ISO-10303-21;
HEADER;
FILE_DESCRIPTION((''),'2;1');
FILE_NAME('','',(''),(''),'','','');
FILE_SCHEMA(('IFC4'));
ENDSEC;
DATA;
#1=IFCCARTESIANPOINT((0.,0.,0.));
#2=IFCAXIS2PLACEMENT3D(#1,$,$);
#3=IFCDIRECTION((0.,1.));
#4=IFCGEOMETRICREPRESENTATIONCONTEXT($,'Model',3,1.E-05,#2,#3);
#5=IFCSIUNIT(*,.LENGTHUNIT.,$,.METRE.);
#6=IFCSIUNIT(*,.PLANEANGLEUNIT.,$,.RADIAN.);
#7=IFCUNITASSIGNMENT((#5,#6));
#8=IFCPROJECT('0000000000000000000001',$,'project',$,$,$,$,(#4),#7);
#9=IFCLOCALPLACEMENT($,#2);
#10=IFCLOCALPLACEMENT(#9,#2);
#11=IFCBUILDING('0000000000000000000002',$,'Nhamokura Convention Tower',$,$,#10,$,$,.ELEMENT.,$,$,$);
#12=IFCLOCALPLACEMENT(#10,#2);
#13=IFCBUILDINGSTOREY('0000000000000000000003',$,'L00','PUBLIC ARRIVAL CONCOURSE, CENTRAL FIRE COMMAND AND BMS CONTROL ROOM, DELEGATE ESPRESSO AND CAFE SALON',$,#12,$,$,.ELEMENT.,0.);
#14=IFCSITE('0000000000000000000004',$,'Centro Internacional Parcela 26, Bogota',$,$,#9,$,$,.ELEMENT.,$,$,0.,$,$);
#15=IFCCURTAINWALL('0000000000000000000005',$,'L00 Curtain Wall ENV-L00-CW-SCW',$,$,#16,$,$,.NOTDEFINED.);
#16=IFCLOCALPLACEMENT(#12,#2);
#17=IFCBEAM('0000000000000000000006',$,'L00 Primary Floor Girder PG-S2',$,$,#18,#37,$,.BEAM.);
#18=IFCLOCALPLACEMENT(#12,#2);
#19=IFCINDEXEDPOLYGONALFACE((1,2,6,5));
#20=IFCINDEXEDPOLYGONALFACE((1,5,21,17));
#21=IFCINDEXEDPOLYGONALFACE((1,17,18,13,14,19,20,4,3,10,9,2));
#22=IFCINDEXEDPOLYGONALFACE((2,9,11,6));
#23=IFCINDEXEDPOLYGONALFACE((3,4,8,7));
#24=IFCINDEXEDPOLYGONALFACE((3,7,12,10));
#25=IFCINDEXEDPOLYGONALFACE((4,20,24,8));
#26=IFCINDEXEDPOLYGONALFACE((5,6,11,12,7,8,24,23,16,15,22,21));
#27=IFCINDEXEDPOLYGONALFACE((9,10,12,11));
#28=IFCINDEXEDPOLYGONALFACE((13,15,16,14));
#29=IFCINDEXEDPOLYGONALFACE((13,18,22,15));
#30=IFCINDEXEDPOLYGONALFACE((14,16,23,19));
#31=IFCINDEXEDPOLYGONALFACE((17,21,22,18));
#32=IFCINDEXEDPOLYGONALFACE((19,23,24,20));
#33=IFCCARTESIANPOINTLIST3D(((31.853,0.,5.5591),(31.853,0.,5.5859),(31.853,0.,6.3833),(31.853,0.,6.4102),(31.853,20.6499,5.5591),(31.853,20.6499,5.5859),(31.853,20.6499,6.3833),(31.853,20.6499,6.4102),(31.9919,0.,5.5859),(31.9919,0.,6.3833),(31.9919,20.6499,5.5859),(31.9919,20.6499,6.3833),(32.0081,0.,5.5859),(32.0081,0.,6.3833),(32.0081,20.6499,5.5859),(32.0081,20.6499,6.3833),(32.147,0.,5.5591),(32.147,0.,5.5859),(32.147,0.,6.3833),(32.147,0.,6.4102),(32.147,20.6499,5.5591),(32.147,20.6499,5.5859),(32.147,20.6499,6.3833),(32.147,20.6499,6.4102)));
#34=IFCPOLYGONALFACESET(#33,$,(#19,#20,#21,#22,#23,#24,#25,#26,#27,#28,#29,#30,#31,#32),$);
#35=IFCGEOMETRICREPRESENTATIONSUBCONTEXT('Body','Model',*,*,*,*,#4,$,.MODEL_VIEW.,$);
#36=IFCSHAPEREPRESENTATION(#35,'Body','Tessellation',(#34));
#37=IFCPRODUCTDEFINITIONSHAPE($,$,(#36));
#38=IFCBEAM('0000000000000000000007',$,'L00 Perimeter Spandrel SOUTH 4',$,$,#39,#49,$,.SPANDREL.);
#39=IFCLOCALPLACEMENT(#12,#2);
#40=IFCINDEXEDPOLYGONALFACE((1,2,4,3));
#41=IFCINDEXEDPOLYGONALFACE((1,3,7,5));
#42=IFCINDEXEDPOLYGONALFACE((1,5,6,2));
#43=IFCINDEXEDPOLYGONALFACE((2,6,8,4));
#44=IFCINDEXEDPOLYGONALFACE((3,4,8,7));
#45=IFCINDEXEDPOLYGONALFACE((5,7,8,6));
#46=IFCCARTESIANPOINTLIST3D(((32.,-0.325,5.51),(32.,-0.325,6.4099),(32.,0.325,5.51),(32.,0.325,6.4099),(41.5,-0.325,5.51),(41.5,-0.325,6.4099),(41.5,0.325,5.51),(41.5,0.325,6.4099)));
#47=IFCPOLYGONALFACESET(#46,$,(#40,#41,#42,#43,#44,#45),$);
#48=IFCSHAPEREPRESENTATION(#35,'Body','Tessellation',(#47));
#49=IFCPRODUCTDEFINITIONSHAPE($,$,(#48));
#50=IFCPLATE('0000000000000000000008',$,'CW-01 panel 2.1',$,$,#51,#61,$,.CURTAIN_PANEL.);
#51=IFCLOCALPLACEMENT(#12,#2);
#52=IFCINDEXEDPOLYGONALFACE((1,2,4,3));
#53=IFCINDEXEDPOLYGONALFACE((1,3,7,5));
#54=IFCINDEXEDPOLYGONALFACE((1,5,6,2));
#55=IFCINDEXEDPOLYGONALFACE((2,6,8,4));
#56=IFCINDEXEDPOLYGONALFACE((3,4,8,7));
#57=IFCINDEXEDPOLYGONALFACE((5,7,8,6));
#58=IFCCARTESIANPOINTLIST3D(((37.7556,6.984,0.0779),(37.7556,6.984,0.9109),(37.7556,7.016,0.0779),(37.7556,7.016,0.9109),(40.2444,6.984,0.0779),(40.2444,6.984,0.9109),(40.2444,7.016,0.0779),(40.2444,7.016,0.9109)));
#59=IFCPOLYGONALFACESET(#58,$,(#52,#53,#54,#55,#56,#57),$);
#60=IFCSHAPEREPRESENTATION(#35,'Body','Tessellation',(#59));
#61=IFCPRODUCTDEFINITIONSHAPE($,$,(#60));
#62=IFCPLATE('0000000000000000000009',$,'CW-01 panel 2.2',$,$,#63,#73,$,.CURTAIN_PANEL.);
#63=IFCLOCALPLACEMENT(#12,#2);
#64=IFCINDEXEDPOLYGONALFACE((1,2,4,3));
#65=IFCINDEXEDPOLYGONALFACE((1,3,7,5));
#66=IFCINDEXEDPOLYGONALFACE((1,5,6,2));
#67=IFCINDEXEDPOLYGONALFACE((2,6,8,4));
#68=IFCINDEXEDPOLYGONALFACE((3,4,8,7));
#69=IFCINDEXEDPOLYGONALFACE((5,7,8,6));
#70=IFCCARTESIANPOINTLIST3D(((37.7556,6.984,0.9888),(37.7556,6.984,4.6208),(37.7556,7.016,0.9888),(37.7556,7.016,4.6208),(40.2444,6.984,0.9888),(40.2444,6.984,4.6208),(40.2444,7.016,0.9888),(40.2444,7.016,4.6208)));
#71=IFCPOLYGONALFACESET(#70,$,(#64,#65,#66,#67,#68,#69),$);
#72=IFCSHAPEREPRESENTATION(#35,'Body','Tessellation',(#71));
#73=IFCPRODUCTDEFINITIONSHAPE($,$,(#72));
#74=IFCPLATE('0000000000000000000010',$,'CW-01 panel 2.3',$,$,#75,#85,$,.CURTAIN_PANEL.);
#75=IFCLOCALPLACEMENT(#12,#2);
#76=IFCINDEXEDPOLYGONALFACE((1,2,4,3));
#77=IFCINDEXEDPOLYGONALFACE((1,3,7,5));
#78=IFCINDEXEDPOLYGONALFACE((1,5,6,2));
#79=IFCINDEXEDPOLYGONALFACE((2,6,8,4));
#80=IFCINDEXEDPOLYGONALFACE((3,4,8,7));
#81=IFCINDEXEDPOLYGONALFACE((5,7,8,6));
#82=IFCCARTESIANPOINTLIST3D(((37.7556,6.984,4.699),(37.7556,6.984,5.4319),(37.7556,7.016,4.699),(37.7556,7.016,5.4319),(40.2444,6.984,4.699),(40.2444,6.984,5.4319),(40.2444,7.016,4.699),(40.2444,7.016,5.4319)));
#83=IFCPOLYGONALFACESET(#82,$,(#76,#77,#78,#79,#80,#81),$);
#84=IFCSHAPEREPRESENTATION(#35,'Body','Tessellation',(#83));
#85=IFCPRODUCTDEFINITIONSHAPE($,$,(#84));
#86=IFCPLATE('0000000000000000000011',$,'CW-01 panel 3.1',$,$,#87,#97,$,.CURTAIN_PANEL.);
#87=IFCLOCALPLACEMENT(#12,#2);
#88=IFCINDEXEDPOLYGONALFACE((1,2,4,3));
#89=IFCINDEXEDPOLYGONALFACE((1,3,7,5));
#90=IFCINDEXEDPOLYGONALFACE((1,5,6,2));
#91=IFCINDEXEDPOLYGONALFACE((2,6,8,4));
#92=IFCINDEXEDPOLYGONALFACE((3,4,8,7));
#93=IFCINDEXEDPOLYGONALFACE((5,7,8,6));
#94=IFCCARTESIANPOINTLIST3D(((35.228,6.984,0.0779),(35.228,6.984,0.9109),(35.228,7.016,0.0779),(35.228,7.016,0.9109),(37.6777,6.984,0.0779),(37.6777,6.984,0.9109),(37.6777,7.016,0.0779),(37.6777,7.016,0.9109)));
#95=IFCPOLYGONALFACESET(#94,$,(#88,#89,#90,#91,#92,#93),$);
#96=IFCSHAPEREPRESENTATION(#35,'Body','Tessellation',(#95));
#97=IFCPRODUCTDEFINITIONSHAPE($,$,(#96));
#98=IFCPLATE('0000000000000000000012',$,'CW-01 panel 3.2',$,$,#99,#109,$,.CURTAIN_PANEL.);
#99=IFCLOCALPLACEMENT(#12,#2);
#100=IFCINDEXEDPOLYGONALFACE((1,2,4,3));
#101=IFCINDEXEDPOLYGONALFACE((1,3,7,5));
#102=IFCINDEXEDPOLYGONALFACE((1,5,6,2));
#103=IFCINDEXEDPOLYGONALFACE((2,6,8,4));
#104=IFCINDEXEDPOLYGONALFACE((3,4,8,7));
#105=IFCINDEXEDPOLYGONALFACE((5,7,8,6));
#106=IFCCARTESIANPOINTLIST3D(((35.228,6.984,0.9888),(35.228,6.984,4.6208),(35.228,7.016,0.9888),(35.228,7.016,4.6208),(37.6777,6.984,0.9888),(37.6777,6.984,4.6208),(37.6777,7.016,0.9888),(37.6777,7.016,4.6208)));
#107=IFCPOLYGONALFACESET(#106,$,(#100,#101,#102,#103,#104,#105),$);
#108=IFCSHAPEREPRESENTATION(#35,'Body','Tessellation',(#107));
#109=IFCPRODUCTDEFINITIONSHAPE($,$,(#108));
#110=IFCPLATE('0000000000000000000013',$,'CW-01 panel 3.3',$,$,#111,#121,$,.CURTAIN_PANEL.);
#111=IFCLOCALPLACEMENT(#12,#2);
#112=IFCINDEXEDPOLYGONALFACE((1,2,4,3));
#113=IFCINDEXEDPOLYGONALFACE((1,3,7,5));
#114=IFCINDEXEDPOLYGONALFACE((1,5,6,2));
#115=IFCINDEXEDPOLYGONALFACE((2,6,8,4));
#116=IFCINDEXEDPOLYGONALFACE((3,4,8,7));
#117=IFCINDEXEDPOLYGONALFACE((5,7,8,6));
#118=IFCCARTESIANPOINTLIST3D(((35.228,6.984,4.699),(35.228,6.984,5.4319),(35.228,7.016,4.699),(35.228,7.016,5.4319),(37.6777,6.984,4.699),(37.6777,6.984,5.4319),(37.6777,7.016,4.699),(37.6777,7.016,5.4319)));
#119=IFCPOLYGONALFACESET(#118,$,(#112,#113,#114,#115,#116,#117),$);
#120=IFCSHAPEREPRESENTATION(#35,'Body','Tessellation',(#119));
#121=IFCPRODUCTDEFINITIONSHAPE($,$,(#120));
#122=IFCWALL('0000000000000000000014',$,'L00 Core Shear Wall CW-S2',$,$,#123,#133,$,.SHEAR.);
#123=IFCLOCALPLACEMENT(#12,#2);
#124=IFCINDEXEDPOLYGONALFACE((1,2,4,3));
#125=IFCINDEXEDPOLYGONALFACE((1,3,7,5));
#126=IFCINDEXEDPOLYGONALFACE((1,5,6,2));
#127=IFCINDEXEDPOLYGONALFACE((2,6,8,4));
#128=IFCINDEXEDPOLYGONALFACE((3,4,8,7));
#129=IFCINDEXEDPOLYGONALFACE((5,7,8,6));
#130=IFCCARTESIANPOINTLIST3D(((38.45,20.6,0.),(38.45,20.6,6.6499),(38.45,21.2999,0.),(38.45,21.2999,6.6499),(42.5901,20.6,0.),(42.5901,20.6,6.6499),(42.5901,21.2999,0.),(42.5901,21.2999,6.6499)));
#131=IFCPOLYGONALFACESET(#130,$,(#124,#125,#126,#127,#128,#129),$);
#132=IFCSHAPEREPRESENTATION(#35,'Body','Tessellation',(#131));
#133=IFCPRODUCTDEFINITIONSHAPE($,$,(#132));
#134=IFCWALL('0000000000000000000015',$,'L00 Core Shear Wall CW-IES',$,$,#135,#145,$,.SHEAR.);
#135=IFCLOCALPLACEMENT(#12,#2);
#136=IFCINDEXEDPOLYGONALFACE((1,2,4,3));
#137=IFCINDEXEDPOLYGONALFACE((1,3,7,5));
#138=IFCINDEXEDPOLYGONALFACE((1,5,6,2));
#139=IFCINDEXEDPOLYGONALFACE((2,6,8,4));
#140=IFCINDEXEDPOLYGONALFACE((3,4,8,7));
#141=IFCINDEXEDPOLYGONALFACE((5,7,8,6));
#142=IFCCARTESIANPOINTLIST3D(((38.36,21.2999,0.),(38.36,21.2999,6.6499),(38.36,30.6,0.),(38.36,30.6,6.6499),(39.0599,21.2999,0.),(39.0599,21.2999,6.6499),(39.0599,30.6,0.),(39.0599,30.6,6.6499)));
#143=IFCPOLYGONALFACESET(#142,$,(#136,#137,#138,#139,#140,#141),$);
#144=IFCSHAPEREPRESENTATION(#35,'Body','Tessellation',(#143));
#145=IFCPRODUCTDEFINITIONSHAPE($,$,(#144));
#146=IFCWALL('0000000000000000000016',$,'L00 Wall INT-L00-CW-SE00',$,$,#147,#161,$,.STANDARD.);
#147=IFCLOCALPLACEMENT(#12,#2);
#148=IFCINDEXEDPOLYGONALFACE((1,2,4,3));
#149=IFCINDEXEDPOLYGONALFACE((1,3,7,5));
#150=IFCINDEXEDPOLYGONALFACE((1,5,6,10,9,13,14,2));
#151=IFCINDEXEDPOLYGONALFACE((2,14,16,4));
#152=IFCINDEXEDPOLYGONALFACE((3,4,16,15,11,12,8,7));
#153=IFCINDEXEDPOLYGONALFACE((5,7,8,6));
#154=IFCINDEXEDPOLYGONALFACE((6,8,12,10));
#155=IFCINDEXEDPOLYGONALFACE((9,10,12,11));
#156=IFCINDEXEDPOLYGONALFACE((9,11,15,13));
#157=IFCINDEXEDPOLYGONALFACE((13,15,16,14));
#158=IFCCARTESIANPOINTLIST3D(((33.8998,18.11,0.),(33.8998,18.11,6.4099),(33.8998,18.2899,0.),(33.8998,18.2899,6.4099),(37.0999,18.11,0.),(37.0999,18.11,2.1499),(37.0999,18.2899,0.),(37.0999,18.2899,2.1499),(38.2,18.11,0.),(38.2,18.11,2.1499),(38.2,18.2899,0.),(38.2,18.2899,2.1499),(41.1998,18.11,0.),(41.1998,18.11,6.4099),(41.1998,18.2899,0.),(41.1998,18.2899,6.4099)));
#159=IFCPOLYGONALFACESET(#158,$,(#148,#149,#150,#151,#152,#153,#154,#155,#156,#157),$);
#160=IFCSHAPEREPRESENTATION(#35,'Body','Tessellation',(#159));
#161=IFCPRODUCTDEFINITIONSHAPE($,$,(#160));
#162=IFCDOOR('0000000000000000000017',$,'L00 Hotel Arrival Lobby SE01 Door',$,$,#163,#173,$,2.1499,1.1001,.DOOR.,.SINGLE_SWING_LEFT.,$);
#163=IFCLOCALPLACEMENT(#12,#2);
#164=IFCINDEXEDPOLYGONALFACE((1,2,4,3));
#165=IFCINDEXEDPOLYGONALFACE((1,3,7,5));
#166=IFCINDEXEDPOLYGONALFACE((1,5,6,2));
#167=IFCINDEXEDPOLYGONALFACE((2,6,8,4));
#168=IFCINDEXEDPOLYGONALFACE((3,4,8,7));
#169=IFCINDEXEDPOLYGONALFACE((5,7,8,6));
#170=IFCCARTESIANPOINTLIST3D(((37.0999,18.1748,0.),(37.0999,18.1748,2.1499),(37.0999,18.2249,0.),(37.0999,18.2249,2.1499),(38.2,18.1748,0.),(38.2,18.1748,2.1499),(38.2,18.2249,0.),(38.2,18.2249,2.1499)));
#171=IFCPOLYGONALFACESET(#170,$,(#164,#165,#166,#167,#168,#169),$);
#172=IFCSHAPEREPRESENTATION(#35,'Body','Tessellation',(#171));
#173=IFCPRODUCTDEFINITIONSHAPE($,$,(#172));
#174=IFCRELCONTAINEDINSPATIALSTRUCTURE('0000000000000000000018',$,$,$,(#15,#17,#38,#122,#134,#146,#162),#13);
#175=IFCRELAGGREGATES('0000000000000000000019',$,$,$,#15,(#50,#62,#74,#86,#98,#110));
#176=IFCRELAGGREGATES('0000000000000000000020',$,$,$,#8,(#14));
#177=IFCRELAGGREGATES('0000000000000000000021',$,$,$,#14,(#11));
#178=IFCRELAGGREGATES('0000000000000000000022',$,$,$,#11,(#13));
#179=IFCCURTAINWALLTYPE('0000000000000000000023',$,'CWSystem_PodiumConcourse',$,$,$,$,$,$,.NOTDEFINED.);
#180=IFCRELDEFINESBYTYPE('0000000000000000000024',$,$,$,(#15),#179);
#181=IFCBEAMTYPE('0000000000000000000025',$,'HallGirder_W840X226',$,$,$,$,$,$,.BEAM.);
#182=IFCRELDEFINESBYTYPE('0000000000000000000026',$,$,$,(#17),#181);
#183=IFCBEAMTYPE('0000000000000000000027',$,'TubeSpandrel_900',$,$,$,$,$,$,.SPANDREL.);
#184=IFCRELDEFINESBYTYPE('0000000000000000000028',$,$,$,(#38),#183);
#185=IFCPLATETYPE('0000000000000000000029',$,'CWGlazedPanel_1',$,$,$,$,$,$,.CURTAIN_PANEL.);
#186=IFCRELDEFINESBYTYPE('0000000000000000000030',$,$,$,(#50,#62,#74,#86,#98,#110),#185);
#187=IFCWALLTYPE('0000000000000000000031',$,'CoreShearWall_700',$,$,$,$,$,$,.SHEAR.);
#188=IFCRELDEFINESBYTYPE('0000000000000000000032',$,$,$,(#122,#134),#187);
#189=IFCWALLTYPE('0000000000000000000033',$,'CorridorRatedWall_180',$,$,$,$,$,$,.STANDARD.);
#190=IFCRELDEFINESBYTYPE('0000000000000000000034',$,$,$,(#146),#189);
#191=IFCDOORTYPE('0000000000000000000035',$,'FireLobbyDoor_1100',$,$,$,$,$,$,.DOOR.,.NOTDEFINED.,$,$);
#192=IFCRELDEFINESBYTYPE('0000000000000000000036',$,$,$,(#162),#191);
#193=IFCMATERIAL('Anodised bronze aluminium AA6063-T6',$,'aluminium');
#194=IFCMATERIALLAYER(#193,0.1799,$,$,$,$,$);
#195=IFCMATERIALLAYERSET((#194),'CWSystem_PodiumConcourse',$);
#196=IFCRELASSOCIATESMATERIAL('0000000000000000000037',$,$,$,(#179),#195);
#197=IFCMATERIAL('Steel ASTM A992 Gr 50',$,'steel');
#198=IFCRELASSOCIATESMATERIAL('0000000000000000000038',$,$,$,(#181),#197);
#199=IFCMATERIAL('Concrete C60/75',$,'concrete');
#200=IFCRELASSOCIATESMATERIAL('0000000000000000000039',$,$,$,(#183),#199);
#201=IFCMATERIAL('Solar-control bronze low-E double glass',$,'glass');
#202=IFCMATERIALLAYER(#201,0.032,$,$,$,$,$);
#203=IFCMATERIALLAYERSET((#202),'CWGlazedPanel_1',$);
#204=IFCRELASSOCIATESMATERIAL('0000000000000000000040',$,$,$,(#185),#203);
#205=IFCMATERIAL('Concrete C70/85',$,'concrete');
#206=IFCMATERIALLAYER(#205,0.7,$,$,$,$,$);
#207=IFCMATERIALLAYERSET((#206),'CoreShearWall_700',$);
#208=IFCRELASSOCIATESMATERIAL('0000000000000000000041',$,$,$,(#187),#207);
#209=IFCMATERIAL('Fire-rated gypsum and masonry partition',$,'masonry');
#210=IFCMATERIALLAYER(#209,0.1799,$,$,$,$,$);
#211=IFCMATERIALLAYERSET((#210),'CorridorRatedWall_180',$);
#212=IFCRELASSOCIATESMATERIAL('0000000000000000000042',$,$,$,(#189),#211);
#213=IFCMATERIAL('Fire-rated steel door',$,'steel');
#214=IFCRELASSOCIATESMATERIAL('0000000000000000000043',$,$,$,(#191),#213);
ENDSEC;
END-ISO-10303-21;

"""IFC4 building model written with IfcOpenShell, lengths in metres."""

from ifc_helpers import new_model, si_unit, direction, frame, frame_2d, origin, origin_2d, place, context, subcontext, project, spatial, rectangle, i_section, extrude, material, layer, layer_set, material_profile, profile_set, type_object, element, fill, aggregate, save


model = new_model("IFC4")

# Units and contexts
model_context = context("Model", 3, precision=1e-05, world=origin(), true_north=direction((0.0, 1.0)))
body_context = subcontext(model_context, "Body", "Model", "MODEL_VIEW")
ifc_project = project(units=[si_unit("LENGTHUNIT", "METRE"), si_unit("PLANEANGLEUNIT", "RADIAN")], contexts=[model_context])

# Site, building, storey
site_placement = place(None, origin())
site = spatial("IfcSite", under=ifc_project, at=site_placement, Name="Centro Internacional Parcela 26, Bogota", CompositionType="ELEMENT", RefElevation=0.0)
building_placement = place(site_placement, origin())
building = spatial("IfcBuilding", under=site, at=building_placement, Name="Nhamokura Convention Tower", CompositionType="ELEMENT")
storey_placement = place(building_placement, origin())
storey = spatial("IfcBuildingStorey", under=building, at=storey_placement, Name="L00", Description="PUBLIC ARRIVAL CONCOURSE, CENTRAL FIRE COMMAND AND BMS CONTROL ROOM, DELEGATE ESPRESSO AND CAFE SALON", CompositionType="ELEMENT", Elevation=0.0)

# Curtain wall
ifc_material_1 = material(Name="Anodised bronze aluminium AA6063-T6", Category="aluminium")
ifc_layer_1 = layer(ifc_material_1, 0.1799)
ifc_layer_set_1 = layer_set([ifc_layer_1], Name="CWSystem_PodiumConcourse")
curtain_wall_type = type_object("IfcCurtainWallType", Name="CWSystem_PodiumConcourse", PredefinedType="NOTDEFINED", material=ifc_layer_set_1)
curtain_wall_placement = place(storey_placement, origin())
curtain_wall = element("IfcCurtainWall", 1, at=curtain_wall_placement, inside=storey, type_object=curtain_wall_type, Name="L00 Curtain Wall ENV-L00-CW-SCW", PredefinedType="NOTDEFINED")

# Beams
ifc_material_2 = material(Name="Steel ASTM A992 Gr 50", Category="steel")
ifc_material_profile_1 = material_profile(ifc_material_2, i_section(OverallWidth=0.2939, OverallDepth=0.8511, WebThickness=0.0161, FlangeThickness=0.0269, at=origin_2d()))
ifc_profile_set_1 = profile_set([ifc_material_profile_1], Name="Steel ASTM A992 Gr 50")
beam_type_1 = type_object("IfcBeamType", Name="HallGirder_W840X226", PredefinedType="BEAM", material=ifc_profile_set_1)
beam_1_placement = place(storey_placement, frame((32.0, 0.0, 5.9846), z_axis=(0.0, 1.0, 0.0), x_axis=(-1.0, 0.0, 0.0)))
element("IfcBeam", 2, at=beam_1_placement, inside=storey, type_object=beam_type_1, Name="L00 Primary Floor Girder PG-S2", PredefinedType="BEAM", context=body_context, shape_type="SweptSolid", body=[
    extrude(i_section(OverallWidth=0.2939, OverallDepth=0.8511, WebThickness=0.0161, FlangeThickness=0.0269, at=origin_2d()), origin(), (0.0, 0.0, 1.0), 20.6499),
])
ifc_material_3 = material(Name="Concrete C60/75", Category="concrete")
ifc_material_profile_2 = material_profile(ifc_material_3, rectangle(XDim=0.6499, YDim=0.8999, at=origin_2d()))
ifc_profile_set_2 = profile_set([ifc_material_profile_2], Name="Concrete C60/75")
beam_type_2 = type_object("IfcBeamType", Name="TubeSpandrel_900", PredefinedType="SPANDREL", material=ifc_profile_set_2)
beam_2_placement = place(storey_placement, frame((32.0, 0.0, 5.96), z_axis=(1.0, 0.0, 0.0), x_axis=(0.0, 1.0, 0.0)))
element("IfcBeam", 3, at=beam_2_placement, inside=storey, type_object=beam_type_2, Name="L00 Perimeter Spandrel SOUTH 4", PredefinedType="SPANDREL", context=body_context, shape_type="SweptSolid", body=[
    extrude(rectangle(XDim=0.6499, YDim=0.8999, at=origin_2d()), origin(), (0.0, 0.0, 1.0), 9.5),
])

# Plates
ifc_material_4 = material(Name="Solar-control bronze low-E double glass", Category="glass")
ifc_layer_2 = layer(ifc_material_4, 0.032)
ifc_layer_set_2 = layer_set([ifc_layer_2], Name="CWGlazedPanel_1")
plate_type = type_object("IfcPlateType", Name="CWGlazedPanel_1", PredefinedType="CURTAIN_PANEL", material=ifc_layer_set_2)
plate_1_placement = place(storey_placement, frame((39.0, 7.0, 0.0779), z_axis=(0.0, 0.0, 1.0), x_axis=(-1.0, 0.0, 0.0)))
plate_1 = element("IfcPlate", 4, at=plate_1_placement, type_object=plate_type, Name="CW-01 panel 2.1", PredefinedType="CURTAIN_PANEL", context=body_context, shape_type="SweptSolid", body=[
    extrude(rectangle(XDim=2.4888, YDim=0.032, at=origin_2d()), origin(), (0.0, 0.0, 1.0), 0.833),
])
plate_2_placement = place(storey_placement, frame((39.0, 7.0, 0.9888), z_axis=(0.0, 0.0, 1.0), x_axis=(-1.0, 0.0, 0.0)))
plate_2 = element("IfcPlate", 5, at=plate_2_placement, type_object=plate_type, Name="CW-01 panel 2.2", PredefinedType="CURTAIN_PANEL", context=body_context, shape_type="SweptSolid", body=[
    extrude(rectangle(XDim=2.4888, YDim=0.032, at=origin_2d()), origin(), (0.0, 0.0, 1.0), 3.6321),
])
plate_3_placement = place(storey_placement, frame((39.0, 7.0, 4.699), z_axis=(0.0, 0.0, 1.0), x_axis=(-1.0, 0.0, 0.0)))
plate_3 = element("IfcPlate", 6, at=plate_3_placement, type_object=plate_type, Name="CW-01 panel 2.3", PredefinedType="CURTAIN_PANEL", context=body_context, shape_type="SweptSolid", body=[
    extrude(rectangle(XDim=2.4888, YDim=0.032, at=origin_2d()), origin(), (0.0, 0.0, 1.0), 0.7329),
])
plate_4_placement = place(storey_placement, frame((36.4529, 7.0, 0.0779), z_axis=(0.0, 0.0, 1.0), x_axis=(-1.0, 0.0, 0.0)))
plate_4 = element("IfcPlate", 7, at=plate_4_placement, type_object=plate_type, Name="CW-01 panel 3.1", PredefinedType="CURTAIN_PANEL", context=body_context, shape_type="SweptSolid", body=[
    extrude(rectangle(XDim=2.4497, YDim=0.032, at=origin_2d()), origin(), (0.0, 0.0, 1.0), 0.833),
])
plate_5_placement = place(storey_placement, frame((36.4529, 7.0, 0.9888), z_axis=(0.0, 0.0, 1.0), x_axis=(-1.0, 0.0, 0.0)))
plate_5 = element("IfcPlate", 8, at=plate_5_placement, type_object=plate_type, Name="CW-01 panel 3.2", PredefinedType="CURTAIN_PANEL", context=body_context, shape_type="SweptSolid", body=[
    extrude(rectangle(XDim=2.4497, YDim=0.032, at=origin_2d()), origin(), (0.0, 0.0, 1.0), 3.6321),
])
plate_6_placement = place(storey_placement, frame((36.4529, 7.0, 4.699), z_axis=(0.0, 0.0, 1.0), x_axis=(-1.0, 0.0, 0.0)))
plate_6 = element("IfcPlate", 9, at=plate_6_placement, type_object=plate_type, Name="CW-01 panel 3.3", PredefinedType="CURTAIN_PANEL", context=body_context, shape_type="SweptSolid", body=[
    extrude(rectangle(XDim=2.4497, YDim=0.032, at=origin_2d()), origin(), (0.0, 0.0, 1.0), 0.7329),
])
aggregate(curtain_wall, [plate_1, plate_2, plate_3, plate_4, plate_5, plate_6])

# Walls
ifc_material_5 = material(Name="Concrete C70/85", Category="concrete")
ifc_layer_3 = layer(ifc_material_5, 0.7)
ifc_layer_set_3 = layer_set([ifc_layer_3], Name="CoreShearWall_700")
wall_type_1 = type_object("IfcWallType", Name="CoreShearWall_700", PredefinedType="SHEAR", material=ifc_layer_set_3)
wall_1_placement = place(storey_placement, frame((38.45, 20.95, 0.0), z_axis=(0.0, 0.0, 1.0), x_axis=(1.0, 0.0, 0.0)))
element("IfcWall", 10, at=wall_1_placement, inside=storey, type_object=wall_type_1, Name="L00 Core Shear Wall CW-S2", PredefinedType="SHEAR", context=body_context, shape_type="SweptSolid", body=[
    extrude(rectangle(XDim=4.1401, YDim=0.7, at=frame_2d((2.0701, 0.0))), origin(), (0.0, 0.0, 1.0), 6.6499),
])
wall_2_placement = place(storey_placement, frame((38.71, 21.3, 0.0), z_axis=(0.0, 0.0, 1.0), x_axis=(0.0, 1.0, 0.0)))
element("IfcWall", 11, at=wall_2_placement, inside=storey, type_object=wall_type_1, Name="L00 Core Shear Wall CW-IES", PredefinedType="SHEAR", context=body_context, shape_type="SweptSolid", body=[
    extrude(rectangle(XDim=9.3, YDim=0.7, at=frame_2d((4.6499, 0.0))), origin(), (0.0, 0.0, 1.0), 6.6499),
])

# Wall, opening, door
ifc_material_6 = material(Name="Fire-rated gypsum and masonry partition", Category="masonry")
ifc_layer_4 = layer(ifc_material_6, 0.1799)
ifc_layer_set_4 = layer_set([ifc_layer_4], Name="CorridorRatedWall_180")
wall_type_2 = type_object("IfcWallType", Name="CorridorRatedWall_180", PredefinedType="STANDARD", material=ifc_layer_set_4)
wall_3_placement = place(storey_placement, frame((33.8999, 18.2, 0.0), z_axis=(0.0, 0.0, 1.0), x_axis=(1.0, 0.0, 0.0)))
wall_3 = element("IfcWall", 12, at=wall_3_placement, inside=storey, type_object=wall_type_2, Name="L00 Wall INT-L00-CW-SE00", PredefinedType="STANDARD", context=body_context, shape_type="SweptSolid", body=[
    extrude(rectangle(XDim=7.3, YDim=0.1799, at=frame_2d((3.6499, 0.0))), origin(), (0.0, 0.0, 1.0), 6.4099),
])
opening_1_placement = place(wall_3_placement, frame((3.2, 0.0, 0.0)))
opening_1 = element("IfcOpeningElement", 13, at=opening_1_placement, cuts=wall_3, PredefinedType="OPENING", context=body_context, shape_type="SweptSolid", body=[
    extrude(rectangle(XDim=1.1001, YDim=2.1499, at=frame_2d((0.55, 1.075))), frame((0.0, 0.0999, 0.0), z_axis=(0.0, -1.0, 0.0), x_axis=(1.0, 0.0, 0.0)), (0.0, 0.0, 1.0), 0.2),
])
ifc_material_7 = material(Name="Fire-rated steel door", Category="steel")
door_type_1 = type_object("IfcDoorType", Name="FireLobbyDoor_1100", OperationType="NOTDEFINED", PredefinedType="DOOR", material=ifc_material_7)
door_1_placement = place(opening_1_placement, origin())
door_1 = element("IfcDoor", 14, at=door_1_placement, inside=storey, type_object=door_type_1, Name="L00 Hotel Arrival Lobby SE01 Door", OperationType="SINGLE_SWING_LEFT", OverallHeight=2.1499, OverallWidth=1.1001, PredefinedType="DOOR", context=body_context, shape_type="SweptSolid", body=[
    extrude(rectangle(XDim=1.1001, YDim=2.1499, at=frame_2d((0.55, 1.075))), frame((0.0, 0.0249, 0.0), z_axis=(0.0, -1.0, 0.0), x_axis=(1.0, 0.0, 0.0)), (0.0, 0.0, 1.0), 0.05),
])
fill(opening_1, door_1)

save(model, "model.ifc")
